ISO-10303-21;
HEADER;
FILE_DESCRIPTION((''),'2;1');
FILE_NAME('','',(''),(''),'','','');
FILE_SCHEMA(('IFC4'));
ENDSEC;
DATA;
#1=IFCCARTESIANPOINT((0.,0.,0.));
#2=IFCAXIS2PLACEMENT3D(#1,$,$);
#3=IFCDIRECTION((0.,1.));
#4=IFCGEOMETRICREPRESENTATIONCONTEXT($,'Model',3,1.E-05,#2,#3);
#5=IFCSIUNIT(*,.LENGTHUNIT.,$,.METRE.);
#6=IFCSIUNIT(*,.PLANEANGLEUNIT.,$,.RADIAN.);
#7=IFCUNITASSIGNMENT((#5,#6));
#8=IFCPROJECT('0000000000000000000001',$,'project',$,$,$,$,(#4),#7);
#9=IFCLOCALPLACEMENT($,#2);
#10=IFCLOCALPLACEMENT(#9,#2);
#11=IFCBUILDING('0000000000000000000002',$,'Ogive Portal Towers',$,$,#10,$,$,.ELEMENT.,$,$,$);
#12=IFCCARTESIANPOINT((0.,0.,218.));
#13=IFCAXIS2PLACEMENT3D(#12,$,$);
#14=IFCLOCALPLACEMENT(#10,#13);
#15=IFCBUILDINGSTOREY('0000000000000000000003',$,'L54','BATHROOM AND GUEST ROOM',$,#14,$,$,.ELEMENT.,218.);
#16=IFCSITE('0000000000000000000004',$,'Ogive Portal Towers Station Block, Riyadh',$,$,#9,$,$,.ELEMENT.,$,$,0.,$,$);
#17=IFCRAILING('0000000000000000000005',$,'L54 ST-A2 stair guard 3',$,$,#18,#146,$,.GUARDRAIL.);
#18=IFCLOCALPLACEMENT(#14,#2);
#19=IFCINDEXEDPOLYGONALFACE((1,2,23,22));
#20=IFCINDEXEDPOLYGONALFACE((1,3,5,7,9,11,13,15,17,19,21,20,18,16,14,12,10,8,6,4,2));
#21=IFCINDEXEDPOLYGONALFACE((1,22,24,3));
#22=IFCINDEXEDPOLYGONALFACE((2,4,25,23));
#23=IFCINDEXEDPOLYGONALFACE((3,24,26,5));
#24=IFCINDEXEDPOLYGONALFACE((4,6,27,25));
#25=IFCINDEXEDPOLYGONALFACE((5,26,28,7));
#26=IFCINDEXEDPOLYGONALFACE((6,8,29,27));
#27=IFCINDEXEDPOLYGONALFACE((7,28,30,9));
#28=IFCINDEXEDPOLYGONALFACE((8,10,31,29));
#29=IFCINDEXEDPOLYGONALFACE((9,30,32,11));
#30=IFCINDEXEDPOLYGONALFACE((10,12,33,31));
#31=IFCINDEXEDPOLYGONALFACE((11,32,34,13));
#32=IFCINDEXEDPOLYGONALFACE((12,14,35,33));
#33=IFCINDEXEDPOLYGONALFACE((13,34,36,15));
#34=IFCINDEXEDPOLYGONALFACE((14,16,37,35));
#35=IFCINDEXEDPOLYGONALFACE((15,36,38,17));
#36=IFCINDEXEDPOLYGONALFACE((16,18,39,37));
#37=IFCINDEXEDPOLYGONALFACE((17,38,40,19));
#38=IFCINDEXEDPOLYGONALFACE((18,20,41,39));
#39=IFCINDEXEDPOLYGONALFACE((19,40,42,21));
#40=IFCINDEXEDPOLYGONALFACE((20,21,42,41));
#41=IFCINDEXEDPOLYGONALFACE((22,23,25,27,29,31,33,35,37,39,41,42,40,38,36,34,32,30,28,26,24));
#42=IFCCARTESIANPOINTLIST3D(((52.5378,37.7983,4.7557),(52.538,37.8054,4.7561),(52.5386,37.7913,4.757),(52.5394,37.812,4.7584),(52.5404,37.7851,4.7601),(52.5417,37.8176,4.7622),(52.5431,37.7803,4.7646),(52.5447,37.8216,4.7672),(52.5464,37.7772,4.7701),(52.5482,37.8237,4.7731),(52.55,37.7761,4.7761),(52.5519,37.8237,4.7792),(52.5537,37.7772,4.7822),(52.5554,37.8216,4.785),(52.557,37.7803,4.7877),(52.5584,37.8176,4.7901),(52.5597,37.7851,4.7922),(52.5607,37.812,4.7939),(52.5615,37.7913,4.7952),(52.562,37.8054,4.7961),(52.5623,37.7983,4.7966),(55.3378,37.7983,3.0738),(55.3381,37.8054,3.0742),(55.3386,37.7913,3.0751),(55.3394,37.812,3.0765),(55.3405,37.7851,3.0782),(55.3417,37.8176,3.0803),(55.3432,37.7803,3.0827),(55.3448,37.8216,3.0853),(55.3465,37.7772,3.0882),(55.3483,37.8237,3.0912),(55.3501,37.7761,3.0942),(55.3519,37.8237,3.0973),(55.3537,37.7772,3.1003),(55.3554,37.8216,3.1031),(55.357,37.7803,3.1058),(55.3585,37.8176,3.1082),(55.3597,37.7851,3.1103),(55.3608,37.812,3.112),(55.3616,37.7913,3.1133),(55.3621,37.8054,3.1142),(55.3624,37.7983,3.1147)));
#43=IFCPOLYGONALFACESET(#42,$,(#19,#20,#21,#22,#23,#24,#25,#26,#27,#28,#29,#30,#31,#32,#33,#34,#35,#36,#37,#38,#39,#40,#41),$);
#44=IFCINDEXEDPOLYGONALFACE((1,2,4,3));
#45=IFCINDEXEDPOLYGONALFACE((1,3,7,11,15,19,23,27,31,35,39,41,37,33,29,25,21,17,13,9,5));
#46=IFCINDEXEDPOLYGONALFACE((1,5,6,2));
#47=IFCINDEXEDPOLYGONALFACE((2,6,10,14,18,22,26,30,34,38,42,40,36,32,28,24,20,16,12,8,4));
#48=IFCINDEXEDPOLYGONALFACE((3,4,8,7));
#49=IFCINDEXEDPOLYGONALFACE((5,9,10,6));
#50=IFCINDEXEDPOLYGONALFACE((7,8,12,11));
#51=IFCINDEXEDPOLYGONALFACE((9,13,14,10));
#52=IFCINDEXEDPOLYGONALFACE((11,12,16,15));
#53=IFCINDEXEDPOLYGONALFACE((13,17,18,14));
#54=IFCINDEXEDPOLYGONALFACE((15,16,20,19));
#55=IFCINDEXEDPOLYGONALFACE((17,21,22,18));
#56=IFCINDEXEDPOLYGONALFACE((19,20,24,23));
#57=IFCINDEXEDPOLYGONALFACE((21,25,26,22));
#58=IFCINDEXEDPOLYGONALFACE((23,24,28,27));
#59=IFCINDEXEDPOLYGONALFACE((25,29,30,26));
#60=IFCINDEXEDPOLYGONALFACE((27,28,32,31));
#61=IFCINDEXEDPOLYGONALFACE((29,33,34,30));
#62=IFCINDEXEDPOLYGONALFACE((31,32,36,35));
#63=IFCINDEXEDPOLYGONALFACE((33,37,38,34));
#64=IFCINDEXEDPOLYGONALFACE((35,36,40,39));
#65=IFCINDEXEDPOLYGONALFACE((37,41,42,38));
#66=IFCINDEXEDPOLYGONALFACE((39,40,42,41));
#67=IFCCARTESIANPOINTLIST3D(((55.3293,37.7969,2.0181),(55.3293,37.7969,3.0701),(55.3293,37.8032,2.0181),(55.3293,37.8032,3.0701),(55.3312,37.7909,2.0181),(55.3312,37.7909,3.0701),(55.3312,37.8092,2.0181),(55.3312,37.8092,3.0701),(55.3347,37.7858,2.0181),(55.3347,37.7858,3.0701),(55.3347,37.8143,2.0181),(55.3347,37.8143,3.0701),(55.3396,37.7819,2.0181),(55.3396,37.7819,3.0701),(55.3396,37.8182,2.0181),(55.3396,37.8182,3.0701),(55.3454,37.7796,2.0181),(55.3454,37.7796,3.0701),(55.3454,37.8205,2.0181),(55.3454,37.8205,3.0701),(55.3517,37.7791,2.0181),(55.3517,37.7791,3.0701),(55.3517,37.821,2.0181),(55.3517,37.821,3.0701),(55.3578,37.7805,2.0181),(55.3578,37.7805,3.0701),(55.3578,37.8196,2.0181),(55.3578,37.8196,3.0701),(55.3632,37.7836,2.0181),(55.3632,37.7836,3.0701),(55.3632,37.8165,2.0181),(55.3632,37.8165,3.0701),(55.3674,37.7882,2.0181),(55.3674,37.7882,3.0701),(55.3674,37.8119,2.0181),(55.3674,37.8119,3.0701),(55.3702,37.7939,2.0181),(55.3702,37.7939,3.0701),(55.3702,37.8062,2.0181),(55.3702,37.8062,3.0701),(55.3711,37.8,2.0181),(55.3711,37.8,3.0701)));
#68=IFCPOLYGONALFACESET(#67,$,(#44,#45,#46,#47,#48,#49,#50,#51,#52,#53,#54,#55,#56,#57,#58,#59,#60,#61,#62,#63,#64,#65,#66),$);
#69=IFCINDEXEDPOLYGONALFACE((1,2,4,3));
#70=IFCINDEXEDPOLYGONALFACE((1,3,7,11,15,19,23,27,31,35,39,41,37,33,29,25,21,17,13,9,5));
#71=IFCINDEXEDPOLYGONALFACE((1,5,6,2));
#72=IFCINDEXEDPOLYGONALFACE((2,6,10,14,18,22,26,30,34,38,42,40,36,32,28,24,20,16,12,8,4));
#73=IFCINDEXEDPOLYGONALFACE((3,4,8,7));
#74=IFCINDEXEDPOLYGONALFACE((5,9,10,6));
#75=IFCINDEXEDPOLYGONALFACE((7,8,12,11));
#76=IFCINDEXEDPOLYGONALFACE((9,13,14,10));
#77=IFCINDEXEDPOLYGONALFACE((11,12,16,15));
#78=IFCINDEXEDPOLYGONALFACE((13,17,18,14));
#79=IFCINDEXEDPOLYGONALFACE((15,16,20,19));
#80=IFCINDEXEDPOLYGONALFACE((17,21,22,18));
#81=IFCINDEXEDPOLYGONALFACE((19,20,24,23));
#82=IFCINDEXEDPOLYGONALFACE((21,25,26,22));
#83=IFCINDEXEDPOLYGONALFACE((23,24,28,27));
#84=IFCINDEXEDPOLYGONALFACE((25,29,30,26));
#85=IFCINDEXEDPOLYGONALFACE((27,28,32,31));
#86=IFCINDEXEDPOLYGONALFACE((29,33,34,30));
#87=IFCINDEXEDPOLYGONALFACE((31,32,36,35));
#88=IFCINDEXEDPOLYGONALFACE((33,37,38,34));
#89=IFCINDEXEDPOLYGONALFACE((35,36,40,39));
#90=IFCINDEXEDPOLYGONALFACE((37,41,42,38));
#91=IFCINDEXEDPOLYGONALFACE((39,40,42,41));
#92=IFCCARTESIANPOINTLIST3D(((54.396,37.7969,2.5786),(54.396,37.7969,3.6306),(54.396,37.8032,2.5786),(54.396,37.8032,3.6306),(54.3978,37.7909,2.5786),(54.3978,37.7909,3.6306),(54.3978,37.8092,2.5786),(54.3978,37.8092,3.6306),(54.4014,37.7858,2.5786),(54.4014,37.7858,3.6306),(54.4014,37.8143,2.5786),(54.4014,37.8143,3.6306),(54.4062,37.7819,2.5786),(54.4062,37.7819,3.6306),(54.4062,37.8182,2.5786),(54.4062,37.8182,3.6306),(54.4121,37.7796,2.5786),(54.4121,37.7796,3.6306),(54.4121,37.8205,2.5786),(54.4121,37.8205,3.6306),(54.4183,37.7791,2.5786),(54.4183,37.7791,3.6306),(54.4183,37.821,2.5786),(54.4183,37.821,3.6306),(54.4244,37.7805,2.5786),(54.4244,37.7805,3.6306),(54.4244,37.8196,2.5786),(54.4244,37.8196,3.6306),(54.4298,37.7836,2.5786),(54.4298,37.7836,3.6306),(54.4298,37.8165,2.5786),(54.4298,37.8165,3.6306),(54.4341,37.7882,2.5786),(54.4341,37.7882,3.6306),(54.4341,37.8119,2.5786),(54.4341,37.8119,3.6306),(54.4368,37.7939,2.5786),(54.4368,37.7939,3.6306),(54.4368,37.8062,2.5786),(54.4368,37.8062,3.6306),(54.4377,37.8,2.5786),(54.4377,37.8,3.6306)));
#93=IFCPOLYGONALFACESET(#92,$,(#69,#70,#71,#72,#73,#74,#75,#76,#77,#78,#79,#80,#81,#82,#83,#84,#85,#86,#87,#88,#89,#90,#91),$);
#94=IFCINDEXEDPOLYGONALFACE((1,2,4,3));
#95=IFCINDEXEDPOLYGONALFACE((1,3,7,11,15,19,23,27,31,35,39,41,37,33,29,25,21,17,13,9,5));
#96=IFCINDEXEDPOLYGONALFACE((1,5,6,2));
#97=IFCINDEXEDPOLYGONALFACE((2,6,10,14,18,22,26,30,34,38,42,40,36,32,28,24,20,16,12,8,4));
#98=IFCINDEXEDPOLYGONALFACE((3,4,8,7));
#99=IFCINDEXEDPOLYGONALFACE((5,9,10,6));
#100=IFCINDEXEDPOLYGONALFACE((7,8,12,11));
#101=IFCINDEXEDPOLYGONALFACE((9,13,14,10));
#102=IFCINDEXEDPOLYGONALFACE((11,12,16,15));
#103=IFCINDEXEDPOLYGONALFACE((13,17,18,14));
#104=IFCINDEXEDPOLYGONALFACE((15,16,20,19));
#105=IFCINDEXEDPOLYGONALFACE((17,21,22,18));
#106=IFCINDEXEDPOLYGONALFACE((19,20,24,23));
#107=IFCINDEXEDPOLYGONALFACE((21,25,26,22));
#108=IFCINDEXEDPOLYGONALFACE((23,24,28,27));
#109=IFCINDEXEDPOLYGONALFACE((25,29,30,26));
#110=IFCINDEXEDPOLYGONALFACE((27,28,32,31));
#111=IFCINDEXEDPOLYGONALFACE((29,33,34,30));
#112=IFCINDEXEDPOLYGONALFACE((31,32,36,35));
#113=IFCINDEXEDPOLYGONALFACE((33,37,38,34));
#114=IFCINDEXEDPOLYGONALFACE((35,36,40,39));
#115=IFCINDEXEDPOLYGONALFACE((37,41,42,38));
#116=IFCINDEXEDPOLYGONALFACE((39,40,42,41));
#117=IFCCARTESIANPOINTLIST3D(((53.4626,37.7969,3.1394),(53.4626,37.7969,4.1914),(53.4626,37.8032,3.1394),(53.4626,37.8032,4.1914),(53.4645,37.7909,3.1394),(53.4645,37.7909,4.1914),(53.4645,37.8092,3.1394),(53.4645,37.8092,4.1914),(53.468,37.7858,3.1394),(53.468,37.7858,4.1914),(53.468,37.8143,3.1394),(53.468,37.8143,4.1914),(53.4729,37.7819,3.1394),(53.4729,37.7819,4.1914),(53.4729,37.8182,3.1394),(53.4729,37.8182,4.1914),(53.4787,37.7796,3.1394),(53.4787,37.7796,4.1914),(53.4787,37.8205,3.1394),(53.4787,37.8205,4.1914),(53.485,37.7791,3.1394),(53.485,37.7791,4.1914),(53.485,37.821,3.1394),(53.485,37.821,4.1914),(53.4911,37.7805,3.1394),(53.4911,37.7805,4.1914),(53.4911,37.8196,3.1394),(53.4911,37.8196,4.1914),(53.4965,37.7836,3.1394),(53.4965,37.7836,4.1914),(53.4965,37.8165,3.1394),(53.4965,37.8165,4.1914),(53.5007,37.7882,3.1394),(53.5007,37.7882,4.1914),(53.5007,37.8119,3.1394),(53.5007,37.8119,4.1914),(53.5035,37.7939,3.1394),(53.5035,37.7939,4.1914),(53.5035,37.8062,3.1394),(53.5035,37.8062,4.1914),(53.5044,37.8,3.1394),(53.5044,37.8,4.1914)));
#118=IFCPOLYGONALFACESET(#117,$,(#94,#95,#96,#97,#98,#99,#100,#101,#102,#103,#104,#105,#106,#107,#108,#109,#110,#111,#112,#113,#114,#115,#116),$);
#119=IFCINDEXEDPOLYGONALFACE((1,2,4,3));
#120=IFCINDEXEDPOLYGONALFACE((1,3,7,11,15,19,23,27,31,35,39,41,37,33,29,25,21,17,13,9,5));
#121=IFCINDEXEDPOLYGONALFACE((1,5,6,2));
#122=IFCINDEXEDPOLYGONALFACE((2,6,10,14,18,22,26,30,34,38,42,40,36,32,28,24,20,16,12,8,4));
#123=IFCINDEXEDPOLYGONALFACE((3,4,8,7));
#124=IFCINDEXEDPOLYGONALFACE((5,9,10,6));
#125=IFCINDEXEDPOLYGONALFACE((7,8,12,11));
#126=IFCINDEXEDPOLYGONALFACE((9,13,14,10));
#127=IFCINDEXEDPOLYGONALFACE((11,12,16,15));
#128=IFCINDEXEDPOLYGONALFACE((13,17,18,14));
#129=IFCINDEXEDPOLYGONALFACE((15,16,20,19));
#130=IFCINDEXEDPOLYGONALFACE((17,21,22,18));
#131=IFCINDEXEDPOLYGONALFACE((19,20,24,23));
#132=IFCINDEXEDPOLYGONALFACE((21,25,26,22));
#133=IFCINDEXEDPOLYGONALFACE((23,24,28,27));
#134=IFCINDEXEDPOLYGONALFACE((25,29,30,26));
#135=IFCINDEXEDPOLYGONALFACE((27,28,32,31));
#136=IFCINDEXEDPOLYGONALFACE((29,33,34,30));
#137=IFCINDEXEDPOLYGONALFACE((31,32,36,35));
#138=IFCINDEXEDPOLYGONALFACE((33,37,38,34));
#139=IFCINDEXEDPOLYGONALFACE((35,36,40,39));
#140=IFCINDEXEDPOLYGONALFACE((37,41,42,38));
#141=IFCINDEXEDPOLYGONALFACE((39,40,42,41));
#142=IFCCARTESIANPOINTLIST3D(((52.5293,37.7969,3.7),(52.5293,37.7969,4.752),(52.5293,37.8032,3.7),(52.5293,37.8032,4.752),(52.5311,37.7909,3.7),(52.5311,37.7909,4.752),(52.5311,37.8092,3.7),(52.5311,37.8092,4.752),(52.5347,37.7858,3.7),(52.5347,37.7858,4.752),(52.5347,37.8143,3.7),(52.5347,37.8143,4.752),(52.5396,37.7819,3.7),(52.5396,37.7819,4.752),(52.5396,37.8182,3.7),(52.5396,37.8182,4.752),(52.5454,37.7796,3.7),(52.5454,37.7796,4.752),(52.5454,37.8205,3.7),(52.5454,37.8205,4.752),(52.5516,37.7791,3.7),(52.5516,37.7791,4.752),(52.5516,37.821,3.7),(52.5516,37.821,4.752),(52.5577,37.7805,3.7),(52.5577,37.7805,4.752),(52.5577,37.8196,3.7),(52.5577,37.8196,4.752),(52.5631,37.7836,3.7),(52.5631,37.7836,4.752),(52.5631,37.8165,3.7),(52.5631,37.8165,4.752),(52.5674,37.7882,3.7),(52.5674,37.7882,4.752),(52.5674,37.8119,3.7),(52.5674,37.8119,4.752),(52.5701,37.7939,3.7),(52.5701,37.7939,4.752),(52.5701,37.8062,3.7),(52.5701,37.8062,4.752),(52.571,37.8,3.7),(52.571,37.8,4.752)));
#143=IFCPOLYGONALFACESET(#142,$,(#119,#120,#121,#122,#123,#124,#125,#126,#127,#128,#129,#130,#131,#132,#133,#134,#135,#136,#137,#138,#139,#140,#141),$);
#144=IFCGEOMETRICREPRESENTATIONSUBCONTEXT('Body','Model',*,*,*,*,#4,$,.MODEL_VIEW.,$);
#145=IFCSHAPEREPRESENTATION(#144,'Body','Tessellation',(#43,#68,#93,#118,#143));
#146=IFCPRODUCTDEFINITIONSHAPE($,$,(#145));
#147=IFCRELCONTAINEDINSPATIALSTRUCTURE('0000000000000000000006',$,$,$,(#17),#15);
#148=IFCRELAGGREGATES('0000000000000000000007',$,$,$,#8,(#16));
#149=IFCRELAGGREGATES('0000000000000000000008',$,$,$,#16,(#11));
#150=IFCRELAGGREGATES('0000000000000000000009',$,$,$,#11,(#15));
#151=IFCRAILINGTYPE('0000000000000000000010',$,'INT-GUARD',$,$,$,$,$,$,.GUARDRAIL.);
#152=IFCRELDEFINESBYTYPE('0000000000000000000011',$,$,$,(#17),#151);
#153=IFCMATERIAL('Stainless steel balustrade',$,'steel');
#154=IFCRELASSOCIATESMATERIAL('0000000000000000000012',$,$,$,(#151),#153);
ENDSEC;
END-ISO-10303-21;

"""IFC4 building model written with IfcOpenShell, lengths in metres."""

from ifc_helpers import new_model, si_unit, direction, frame, origin, origin_2d, place, context, subcontext, project, spatial, circle, extrude, material, type_object, element, save


model = new_model("IFC4")

# Units and contexts
model_context = context("Model", 3, precision=1e-05, world=origin(), true_north=direction((0.0, 1.0)))
body_context = subcontext(model_context, "Body", "Model", "MODEL_VIEW")
ifc_project = project(units=[si_unit("LENGTHUNIT", "METRE"), si_unit("PLANEANGLEUNIT", "RADIAN")], contexts=[model_context])

# Site, building, storey
site_placement = place(None, origin())
site = spatial("IfcSite", under=ifc_project, at=site_placement, Name="Ogive Portal Towers Station Block, Riyadh", CompositionType="ELEMENT", RefElevation=0.0)
building_placement = place(site_placement, origin())
building = spatial("IfcBuilding", under=site, at=building_placement, Name="Ogive Portal Towers", CompositionType="ELEMENT")
storey_placement = place(building_placement, frame((0.0, 0.0, 218.0)))
storey = spatial("IfcBuildingStorey", under=building, at=storey_placement, Name="L54", Description="BATHROOM AND GUEST ROOM", CompositionType="ELEMENT", Elevation=218.0)

# Railing
ifc_material_1 = material(Name="Stainless steel balustrade", Category="steel")
railing_type_1 = type_object("IfcRailingType", Name="INT-GUARD", PredefinedType="GUARDRAIL", material=ifc_material_1)
railing_1_placement = place(storey_placement, frame((55.3501, 37.8, 2.0181)))
element("IfcRailing", 1, at=railing_1_placement, inside=storey, type_object=railing_type_1, Name="L54 ST-A2 stair guard 3", PredefinedType="GUARDRAIL", context=body_context, shape_type="SweptSolid", body=[
    extrude(circle(Radius=0.0239, at=origin_2d()), frame((0.0, 0.0, 1.0762), z_axis=(-0.857242, 0.0, 0.514913), x_axis=(0.0, -1.0, 0.0)), (0.0, 0.0, 1.0), 3.2664),
    extrude(circle(Radius=0.021, at=origin_2d()), origin(), (0.0, 0.0, 1.0), 1.052),
    extrude(circle(Radius=0.021, at=origin_2d()), frame((-0.9333, 0.0, 0.5605)), (0.0, 0.0, 1.0), 1.052),
    extrude(circle(Radius=0.021, at=origin_2d()), frame((-1.8667, 0.0, 1.1213)), (0.0, 0.0, 1.0), 1.052),
    extrude(circle(Radius=0.021, at=origin_2d()), frame((-2.8, 0.0, 1.6819)), (0.0, 0.0, 1.0), 1.052),
])

save(model, "model.ifc")
